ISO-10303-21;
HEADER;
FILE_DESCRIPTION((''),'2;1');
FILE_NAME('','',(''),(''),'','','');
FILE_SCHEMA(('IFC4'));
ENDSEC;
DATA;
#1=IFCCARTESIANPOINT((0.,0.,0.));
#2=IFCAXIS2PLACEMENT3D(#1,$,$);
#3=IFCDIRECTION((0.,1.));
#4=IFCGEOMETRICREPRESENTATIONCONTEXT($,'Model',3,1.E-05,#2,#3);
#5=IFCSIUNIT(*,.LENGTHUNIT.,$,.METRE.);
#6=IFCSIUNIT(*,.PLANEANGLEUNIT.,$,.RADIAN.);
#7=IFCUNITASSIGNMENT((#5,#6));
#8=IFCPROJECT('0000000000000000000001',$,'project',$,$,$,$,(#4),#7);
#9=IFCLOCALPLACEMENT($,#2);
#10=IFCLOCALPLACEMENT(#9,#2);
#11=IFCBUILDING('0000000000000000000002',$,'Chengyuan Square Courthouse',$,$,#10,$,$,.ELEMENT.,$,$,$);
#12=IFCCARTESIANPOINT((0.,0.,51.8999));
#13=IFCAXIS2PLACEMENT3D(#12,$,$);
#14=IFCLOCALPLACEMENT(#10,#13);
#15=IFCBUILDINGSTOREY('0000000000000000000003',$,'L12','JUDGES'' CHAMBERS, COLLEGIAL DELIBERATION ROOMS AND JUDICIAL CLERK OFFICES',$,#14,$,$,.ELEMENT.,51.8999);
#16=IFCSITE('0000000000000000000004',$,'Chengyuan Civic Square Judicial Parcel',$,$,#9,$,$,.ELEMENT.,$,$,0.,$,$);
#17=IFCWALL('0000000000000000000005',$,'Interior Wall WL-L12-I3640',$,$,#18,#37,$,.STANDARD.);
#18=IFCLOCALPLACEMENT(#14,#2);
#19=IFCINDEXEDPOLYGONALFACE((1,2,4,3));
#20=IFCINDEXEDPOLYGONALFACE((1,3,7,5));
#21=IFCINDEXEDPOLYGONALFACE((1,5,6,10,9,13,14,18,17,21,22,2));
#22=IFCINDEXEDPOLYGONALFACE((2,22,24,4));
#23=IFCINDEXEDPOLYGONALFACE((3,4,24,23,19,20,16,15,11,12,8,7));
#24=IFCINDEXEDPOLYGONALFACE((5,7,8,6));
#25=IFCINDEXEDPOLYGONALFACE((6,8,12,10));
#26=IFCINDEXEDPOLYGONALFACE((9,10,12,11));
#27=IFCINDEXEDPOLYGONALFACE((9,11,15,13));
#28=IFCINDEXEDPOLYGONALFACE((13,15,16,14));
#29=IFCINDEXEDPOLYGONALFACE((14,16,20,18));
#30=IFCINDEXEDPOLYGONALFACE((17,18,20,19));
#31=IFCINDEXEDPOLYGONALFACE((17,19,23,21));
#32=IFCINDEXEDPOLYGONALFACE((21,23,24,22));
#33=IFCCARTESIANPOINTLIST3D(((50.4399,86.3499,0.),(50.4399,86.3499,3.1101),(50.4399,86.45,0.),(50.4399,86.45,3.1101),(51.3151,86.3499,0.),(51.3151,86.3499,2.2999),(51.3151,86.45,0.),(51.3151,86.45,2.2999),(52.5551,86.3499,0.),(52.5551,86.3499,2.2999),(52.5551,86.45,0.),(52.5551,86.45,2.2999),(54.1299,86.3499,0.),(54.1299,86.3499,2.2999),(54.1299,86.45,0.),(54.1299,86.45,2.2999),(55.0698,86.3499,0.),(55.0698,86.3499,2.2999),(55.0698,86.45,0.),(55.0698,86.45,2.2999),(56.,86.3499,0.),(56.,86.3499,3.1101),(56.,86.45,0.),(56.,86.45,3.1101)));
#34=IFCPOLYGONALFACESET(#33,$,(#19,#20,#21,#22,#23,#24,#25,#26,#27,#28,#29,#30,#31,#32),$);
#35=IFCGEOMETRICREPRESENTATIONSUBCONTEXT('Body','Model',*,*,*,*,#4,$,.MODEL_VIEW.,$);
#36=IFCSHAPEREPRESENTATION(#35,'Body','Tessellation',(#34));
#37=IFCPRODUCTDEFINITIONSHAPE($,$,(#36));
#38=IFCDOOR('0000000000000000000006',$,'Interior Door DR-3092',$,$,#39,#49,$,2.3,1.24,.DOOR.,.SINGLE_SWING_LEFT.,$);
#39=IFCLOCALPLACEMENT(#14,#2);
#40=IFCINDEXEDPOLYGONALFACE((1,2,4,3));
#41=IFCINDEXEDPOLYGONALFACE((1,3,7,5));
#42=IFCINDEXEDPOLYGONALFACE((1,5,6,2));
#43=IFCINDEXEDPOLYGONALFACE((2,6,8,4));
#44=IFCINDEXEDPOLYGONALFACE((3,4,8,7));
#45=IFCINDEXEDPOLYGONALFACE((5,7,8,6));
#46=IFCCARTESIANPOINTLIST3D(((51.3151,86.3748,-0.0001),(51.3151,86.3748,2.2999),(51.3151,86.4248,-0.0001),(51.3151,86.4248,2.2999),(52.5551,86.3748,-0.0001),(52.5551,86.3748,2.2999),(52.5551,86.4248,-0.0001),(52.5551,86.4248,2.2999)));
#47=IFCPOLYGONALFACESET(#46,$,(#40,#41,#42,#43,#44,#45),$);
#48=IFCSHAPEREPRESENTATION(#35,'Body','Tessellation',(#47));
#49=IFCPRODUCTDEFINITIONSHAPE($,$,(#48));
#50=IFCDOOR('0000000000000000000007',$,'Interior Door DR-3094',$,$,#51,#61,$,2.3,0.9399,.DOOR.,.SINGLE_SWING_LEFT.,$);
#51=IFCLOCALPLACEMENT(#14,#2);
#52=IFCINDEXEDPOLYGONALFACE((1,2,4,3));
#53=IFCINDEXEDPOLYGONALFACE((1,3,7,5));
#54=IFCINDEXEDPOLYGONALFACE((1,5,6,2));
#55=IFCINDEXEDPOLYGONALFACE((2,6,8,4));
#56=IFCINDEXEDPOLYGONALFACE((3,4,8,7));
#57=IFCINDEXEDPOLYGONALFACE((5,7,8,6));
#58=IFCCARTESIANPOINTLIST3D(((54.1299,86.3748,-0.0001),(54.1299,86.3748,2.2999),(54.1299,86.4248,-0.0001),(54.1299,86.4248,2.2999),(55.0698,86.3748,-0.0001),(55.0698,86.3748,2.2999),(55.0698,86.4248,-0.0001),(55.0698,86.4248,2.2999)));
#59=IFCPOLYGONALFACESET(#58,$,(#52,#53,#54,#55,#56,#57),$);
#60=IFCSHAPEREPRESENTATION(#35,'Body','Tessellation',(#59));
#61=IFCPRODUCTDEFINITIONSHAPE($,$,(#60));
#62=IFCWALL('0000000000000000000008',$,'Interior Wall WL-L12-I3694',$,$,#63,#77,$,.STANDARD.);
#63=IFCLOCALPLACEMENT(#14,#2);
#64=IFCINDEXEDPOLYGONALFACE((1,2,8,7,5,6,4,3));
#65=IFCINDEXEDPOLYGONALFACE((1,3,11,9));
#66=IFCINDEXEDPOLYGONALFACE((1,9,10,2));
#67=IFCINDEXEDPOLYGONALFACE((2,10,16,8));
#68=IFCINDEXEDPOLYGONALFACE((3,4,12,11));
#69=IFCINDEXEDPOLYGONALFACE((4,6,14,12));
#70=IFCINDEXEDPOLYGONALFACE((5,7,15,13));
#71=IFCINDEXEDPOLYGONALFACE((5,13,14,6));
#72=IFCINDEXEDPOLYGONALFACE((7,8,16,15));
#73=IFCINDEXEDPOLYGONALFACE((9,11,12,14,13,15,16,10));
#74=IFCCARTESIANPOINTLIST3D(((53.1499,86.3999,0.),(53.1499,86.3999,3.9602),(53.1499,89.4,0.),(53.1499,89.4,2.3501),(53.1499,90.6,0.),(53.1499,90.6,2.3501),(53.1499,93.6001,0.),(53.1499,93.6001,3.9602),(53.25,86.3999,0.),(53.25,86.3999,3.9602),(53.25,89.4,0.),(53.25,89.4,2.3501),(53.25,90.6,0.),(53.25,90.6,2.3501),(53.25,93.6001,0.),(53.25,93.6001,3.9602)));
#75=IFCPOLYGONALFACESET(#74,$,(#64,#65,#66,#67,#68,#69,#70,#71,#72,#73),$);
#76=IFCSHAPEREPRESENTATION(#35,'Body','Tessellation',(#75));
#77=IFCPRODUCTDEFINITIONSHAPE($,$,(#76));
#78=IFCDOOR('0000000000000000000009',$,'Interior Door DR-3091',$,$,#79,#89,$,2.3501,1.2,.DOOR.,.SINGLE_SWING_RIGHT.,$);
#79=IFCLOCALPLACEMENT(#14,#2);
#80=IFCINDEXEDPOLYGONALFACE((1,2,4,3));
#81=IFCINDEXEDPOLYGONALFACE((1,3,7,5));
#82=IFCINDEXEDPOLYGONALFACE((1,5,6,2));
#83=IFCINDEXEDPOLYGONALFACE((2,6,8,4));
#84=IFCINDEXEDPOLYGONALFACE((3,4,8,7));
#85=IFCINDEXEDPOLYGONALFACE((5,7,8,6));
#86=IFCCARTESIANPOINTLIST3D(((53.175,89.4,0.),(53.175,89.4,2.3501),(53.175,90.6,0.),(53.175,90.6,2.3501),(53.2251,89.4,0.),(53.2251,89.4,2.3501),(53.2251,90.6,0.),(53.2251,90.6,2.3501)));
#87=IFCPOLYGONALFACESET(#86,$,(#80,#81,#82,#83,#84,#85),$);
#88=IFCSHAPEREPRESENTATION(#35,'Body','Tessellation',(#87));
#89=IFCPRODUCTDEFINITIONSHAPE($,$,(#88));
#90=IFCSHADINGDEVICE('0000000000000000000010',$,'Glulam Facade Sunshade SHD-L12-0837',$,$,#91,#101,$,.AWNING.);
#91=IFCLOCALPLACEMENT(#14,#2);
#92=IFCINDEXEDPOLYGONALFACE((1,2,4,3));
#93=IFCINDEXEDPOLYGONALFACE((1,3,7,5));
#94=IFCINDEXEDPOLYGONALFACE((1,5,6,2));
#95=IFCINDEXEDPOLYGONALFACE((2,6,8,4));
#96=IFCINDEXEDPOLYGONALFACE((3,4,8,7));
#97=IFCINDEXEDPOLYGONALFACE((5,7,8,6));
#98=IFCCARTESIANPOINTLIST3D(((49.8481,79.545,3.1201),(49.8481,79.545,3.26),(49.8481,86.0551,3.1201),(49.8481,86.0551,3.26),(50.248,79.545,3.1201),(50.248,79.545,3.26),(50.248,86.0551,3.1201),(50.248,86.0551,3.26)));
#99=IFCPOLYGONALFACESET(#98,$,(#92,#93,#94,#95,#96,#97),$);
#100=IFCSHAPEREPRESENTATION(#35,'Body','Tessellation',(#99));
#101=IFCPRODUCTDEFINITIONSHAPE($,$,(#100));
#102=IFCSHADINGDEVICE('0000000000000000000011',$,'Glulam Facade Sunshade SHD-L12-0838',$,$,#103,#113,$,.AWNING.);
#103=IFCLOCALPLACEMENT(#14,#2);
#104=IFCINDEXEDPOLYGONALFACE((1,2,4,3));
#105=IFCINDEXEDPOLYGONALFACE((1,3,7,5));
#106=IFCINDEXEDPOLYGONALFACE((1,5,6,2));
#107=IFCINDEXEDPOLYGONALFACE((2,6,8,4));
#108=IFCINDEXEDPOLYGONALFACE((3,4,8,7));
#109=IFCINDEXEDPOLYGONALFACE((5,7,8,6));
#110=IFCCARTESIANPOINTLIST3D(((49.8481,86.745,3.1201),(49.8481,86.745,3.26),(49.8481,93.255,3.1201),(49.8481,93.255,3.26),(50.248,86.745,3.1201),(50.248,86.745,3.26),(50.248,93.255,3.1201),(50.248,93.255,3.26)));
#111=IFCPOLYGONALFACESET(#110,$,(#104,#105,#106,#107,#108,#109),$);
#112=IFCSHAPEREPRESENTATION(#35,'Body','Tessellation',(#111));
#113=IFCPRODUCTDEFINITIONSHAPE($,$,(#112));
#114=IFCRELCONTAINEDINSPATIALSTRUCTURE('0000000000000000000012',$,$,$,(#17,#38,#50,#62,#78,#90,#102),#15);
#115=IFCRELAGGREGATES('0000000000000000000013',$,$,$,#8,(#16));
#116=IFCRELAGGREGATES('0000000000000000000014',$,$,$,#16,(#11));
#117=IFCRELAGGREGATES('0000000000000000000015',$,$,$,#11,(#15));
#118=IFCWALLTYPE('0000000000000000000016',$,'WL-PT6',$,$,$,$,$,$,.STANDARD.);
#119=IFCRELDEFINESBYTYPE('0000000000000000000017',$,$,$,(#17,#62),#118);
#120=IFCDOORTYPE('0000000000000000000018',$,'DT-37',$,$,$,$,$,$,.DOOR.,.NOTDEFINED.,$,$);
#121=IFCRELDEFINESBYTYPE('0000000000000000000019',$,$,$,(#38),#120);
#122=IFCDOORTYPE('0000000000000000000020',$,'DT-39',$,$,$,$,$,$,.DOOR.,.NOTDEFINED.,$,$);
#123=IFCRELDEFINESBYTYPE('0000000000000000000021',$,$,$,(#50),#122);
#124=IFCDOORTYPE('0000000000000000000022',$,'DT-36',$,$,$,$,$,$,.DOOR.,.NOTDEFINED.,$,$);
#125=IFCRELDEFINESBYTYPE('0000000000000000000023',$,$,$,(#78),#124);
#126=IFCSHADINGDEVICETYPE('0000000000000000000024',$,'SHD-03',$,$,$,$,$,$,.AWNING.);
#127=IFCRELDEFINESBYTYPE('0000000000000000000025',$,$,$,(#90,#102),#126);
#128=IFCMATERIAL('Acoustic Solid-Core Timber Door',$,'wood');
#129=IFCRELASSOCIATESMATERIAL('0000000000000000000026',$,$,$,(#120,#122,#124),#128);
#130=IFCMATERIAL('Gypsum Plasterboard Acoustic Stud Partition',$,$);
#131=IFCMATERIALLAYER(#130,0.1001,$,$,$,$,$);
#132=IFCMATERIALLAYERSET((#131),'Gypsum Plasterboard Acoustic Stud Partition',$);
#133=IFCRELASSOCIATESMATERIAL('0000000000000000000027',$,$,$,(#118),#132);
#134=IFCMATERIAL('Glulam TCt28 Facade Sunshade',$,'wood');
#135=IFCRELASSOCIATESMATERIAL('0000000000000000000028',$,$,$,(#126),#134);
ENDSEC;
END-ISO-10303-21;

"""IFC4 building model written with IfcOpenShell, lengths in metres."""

from ifc_helpers import new_model, si_unit, direction, frame, frame_2d, origin, origin_2d, place, context, subcontext, project, spatial, rectangle, extrude, material, layer, layer_set, type_object, element, fill, save


model = new_model("IFC4")

# Units and contexts
model_context = context("Model", 3, precision=1e-05, world=origin(), true_north=direction((0.0, 1.0)))
body_context = subcontext(model_context, "Body", "Model", "MODEL_VIEW")
ifc_project = project(units=[si_unit("LENGTHUNIT", "METRE"), si_unit("PLANEANGLEUNIT", "RADIAN")], contexts=[model_context])

# Site, building, storey
site_placement = place(None, origin())
site = spatial("IfcSite", under=ifc_project, at=site_placement, Name="Chengyuan Civic Square Judicial Parcel", CompositionType="ELEMENT", RefElevation=0.0)
building_placement = place(site_placement, origin())
building = spatial("IfcBuilding", under=site, at=building_placement, Name="Chengyuan Square Courthouse", CompositionType="ELEMENT")
storey_placement = place(building_placement, frame((0.0, 0.0, 51.8999)))
storey = spatial("IfcBuildingStorey", under=building, at=storey_placement, Name="L12", Description="JUDGES' CHAMBERS, COLLEGIAL DELIBERATION ROOMS AND JUDICIAL CLERK OFFICES", CompositionType="ELEMENT", Elevation=51.8999)

# Shared definitions
ifc_material_1 = material(Name="Acoustic Solid-Core Timber Door", Category="wood")

# Shared definitions
door_type_1 = type_object("IfcDoorType", Name="DT-37", OperationType="NOTDEFINED", PredefinedType="DOOR", material=ifc_material_1)
door_type_2 = type_object("IfcDoorType", Name="DT-39", OperationType="NOTDEFINED", PredefinedType="DOOR", material=ifc_material_1)

# Wall, openings, doors
ifc_material_2 = material(Name="Gypsum Plasterboard Acoustic Stud Partition")
ifc_layer_1 = layer(ifc_material_2, 0.1001)
ifc_layer_set_1 = layer_set([ifc_layer_1], Name="Gypsum Plasterboard Acoustic Stud Partition")
wall_type_1 = type_object("IfcWallType", Name="WL-PT6", PredefinedType="STANDARD", material=ifc_layer_set_1)
wall_1_placement = place(storey_placement, frame((50.4399, 86.3999, 0.0), z_axis=(0.0, 0.0, 1.0), x_axis=(1.0, 0.0, 0.0)))
wall_1 = element("IfcWall", 1, at=wall_1_placement, inside=storey, type_object=wall_type_1, Name="Interior Wall WL-L12-I3640", PredefinedType="STANDARD", context=body_context, shape_type="SweptSolid", body=[
    extrude(rectangle(XDim=5.5601, YDim=0.1001, at=frame_2d((2.78, 0.0))), origin(), (0.0, 0.0, 1.0), 3.1101),
])
opening_1_placement = place(wall_1_placement, frame((0.875, 0.0, 0.0)))
opening_1 = element("IfcOpeningElement", 2, at=opening_1_placement, cuts=wall_1, PredefinedType="OPENING", context=body_context, shape_type="SweptSolid", body=[
    extrude(rectangle(XDim=1.24, YDim=2.3, at=frame_2d((0.6201, 1.1499))), frame((0.0, 0.062, 0.0), z_axis=(0.0, -1.0, 0.0), x_axis=(1.0, 0.0, 0.0)), (0.0, 0.0, 1.0), 0.124),
])
opening_2_placement = place(wall_1_placement, frame((3.6899, 0.0, 0.0)))
opening_2 = element("IfcOpeningElement", 3, at=opening_2_placement, cuts=wall_1, PredefinedType="OPENING", context=body_context, shape_type="SweptSolid", body=[
    extrude(rectangle(XDim=0.9399, YDim=2.3, at=frame_2d((0.47, 1.1499))), frame((0.0, 0.062, 0.0), z_axis=(0.0, -1.0, 0.0), x_axis=(1.0, 0.0, 0.0)), (0.0, 0.0, 1.0), 0.124),
])
door_1_placement = place(opening_1_placement, origin())
door_1 = element("IfcDoor", 4, at=door_1_placement, inside=storey, type_object=door_type_1, Name="Interior Door DR-3092", OperationType="SINGLE_SWING_LEFT", OverallHeight=2.3, OverallWidth=1.24, PredefinedType="DOOR", context=body_context, shape_type="SweptSolid", body=[
    extrude(rectangle(XDim=1.24, YDim=2.3, at=frame_2d((0.6201, 1.1499))), frame((0.0, 0.0249, 0.0), z_axis=(0.0, -1.0, 0.0), x_axis=(1.0, 0.0, 0.0)), (0.0, 0.0, 1.0), 0.05),
])
fill(opening_1, door_1)
door_2_placement = place(opening_2_placement, origin())
door_2 = element("IfcDoor", 5, at=door_2_placement, inside=storey, type_object=door_type_2, Name="Interior Door DR-3094", OperationType="SINGLE_SWING_LEFT", OverallHeight=2.3, OverallWidth=0.9399, PredefinedType="DOOR", context=body_context, shape_type="SweptSolid", body=[
    extrude(rectangle(XDim=0.9399, YDim=2.3, at=frame_2d((0.47, 1.1499))), frame((0.0, 0.0249, 0.0), z_axis=(0.0, -1.0, 0.0), x_axis=(1.0, 0.0, 0.0)), (0.0, 0.0, 1.0), 0.05),
])
fill(opening_2, door_2)

# Wall, opening, door
wall_2_placement = place(storey_placement, frame((53.2, 86.3999, 0.0), z_axis=(0.0, 0.0, 1.0), x_axis=(0.0, 1.0, 0.0)))
wall_2 = element("IfcWall", 6, at=wall_2_placement, inside=storey, type_object=wall_type_1, Name="Interior Wall WL-L12-I3694", PredefinedType="STANDARD", context=body_context, shape_type="SweptSolid", body=[
    extrude(rectangle(XDim=7.2002, YDim=0.1001, at=frame_2d((3.6001, 0.0))), origin(), (0.0, 0.0, 1.0), 3.9602),
])
opening_3_placement = place(wall_2_placement, frame((3.0, 0.0, 0.0)))
opening_3 = element("IfcOpeningElement", 7, at=opening_3_placement, cuts=wall_2, PredefinedType="OPENING", context=body_context, shape_type="SweptSolid", body=[
    extrude(rectangle(XDim=1.2, YDim=2.3501, at=frame_2d((0.6001, 1.175))), frame((0.0, 0.062, 0.0), z_axis=(0.0, -1.0, 0.0), x_axis=(1.0, 0.0, 0.0)), (0.0, 0.0, 1.0), 0.124),
])
door_type_3 = type_object("IfcDoorType", Name="DT-36", OperationType="NOTDEFINED", PredefinedType="DOOR", material=ifc_material_1)
door_3_placement = place(opening_3_placement, origin())
door_3 = element("IfcDoor", 8, at=door_3_placement, inside=storey, type_object=door_type_3, Name="Interior Door DR-3091", OperationType="SINGLE_SWING_RIGHT", OverallHeight=2.3501, OverallWidth=1.2, PredefinedType="DOOR", context=body_context, shape_type="SweptSolid", body=[
    extrude(rectangle(XDim=1.2, YDim=2.3501, at=frame_2d((0.6001, 1.175))), frame((0.0, 0.0249, 0.0), z_axis=(0.0, -1.0, 0.0), x_axis=(1.0, 0.0, 0.0)), (0.0, 0.0, 1.0), 0.05),
])
fill(opening_3, door_3)

# Shading devices
ifc_material_3 = material(Name="Glulam TCt28 Facade Sunshade", Category="wood")
shading_device_type = type_object("IfcShadingDeviceType", Name="SHD-03", PredefinedType="AWNING", material=ifc_material_3)
for number, where, z_axis, x_axis, name in (
    (9, (50.0481, 82.8, 3.1201), (0.0, 0.0, 1.0), (0.0, 1.0, 0.0), "Glulam Facade Sunshade SHD-L12-0837"),
    (10, (50.0481, 90.0, 3.1201), (0.0, 0.0, 1.0), (0.0, 1.0, 0.0), "Glulam Facade Sunshade SHD-L12-0838"),
):
    element("IfcShadingDevice", number, at=place(storey_placement, frame(where, z_axis=z_axis, x_axis=x_axis)), inside=storey, type_object=shading_device_type, Name=name, PredefinedType="AWNING", context=body_context, shape_type="SweptSolid", body=[
        extrude(rectangle(XDim=6.51, YDim=0.3999, at=origin_2d()), origin(), (0.0, 0.0, 1.0), 0.1399),
    ])

save(model, "model.ifc")
